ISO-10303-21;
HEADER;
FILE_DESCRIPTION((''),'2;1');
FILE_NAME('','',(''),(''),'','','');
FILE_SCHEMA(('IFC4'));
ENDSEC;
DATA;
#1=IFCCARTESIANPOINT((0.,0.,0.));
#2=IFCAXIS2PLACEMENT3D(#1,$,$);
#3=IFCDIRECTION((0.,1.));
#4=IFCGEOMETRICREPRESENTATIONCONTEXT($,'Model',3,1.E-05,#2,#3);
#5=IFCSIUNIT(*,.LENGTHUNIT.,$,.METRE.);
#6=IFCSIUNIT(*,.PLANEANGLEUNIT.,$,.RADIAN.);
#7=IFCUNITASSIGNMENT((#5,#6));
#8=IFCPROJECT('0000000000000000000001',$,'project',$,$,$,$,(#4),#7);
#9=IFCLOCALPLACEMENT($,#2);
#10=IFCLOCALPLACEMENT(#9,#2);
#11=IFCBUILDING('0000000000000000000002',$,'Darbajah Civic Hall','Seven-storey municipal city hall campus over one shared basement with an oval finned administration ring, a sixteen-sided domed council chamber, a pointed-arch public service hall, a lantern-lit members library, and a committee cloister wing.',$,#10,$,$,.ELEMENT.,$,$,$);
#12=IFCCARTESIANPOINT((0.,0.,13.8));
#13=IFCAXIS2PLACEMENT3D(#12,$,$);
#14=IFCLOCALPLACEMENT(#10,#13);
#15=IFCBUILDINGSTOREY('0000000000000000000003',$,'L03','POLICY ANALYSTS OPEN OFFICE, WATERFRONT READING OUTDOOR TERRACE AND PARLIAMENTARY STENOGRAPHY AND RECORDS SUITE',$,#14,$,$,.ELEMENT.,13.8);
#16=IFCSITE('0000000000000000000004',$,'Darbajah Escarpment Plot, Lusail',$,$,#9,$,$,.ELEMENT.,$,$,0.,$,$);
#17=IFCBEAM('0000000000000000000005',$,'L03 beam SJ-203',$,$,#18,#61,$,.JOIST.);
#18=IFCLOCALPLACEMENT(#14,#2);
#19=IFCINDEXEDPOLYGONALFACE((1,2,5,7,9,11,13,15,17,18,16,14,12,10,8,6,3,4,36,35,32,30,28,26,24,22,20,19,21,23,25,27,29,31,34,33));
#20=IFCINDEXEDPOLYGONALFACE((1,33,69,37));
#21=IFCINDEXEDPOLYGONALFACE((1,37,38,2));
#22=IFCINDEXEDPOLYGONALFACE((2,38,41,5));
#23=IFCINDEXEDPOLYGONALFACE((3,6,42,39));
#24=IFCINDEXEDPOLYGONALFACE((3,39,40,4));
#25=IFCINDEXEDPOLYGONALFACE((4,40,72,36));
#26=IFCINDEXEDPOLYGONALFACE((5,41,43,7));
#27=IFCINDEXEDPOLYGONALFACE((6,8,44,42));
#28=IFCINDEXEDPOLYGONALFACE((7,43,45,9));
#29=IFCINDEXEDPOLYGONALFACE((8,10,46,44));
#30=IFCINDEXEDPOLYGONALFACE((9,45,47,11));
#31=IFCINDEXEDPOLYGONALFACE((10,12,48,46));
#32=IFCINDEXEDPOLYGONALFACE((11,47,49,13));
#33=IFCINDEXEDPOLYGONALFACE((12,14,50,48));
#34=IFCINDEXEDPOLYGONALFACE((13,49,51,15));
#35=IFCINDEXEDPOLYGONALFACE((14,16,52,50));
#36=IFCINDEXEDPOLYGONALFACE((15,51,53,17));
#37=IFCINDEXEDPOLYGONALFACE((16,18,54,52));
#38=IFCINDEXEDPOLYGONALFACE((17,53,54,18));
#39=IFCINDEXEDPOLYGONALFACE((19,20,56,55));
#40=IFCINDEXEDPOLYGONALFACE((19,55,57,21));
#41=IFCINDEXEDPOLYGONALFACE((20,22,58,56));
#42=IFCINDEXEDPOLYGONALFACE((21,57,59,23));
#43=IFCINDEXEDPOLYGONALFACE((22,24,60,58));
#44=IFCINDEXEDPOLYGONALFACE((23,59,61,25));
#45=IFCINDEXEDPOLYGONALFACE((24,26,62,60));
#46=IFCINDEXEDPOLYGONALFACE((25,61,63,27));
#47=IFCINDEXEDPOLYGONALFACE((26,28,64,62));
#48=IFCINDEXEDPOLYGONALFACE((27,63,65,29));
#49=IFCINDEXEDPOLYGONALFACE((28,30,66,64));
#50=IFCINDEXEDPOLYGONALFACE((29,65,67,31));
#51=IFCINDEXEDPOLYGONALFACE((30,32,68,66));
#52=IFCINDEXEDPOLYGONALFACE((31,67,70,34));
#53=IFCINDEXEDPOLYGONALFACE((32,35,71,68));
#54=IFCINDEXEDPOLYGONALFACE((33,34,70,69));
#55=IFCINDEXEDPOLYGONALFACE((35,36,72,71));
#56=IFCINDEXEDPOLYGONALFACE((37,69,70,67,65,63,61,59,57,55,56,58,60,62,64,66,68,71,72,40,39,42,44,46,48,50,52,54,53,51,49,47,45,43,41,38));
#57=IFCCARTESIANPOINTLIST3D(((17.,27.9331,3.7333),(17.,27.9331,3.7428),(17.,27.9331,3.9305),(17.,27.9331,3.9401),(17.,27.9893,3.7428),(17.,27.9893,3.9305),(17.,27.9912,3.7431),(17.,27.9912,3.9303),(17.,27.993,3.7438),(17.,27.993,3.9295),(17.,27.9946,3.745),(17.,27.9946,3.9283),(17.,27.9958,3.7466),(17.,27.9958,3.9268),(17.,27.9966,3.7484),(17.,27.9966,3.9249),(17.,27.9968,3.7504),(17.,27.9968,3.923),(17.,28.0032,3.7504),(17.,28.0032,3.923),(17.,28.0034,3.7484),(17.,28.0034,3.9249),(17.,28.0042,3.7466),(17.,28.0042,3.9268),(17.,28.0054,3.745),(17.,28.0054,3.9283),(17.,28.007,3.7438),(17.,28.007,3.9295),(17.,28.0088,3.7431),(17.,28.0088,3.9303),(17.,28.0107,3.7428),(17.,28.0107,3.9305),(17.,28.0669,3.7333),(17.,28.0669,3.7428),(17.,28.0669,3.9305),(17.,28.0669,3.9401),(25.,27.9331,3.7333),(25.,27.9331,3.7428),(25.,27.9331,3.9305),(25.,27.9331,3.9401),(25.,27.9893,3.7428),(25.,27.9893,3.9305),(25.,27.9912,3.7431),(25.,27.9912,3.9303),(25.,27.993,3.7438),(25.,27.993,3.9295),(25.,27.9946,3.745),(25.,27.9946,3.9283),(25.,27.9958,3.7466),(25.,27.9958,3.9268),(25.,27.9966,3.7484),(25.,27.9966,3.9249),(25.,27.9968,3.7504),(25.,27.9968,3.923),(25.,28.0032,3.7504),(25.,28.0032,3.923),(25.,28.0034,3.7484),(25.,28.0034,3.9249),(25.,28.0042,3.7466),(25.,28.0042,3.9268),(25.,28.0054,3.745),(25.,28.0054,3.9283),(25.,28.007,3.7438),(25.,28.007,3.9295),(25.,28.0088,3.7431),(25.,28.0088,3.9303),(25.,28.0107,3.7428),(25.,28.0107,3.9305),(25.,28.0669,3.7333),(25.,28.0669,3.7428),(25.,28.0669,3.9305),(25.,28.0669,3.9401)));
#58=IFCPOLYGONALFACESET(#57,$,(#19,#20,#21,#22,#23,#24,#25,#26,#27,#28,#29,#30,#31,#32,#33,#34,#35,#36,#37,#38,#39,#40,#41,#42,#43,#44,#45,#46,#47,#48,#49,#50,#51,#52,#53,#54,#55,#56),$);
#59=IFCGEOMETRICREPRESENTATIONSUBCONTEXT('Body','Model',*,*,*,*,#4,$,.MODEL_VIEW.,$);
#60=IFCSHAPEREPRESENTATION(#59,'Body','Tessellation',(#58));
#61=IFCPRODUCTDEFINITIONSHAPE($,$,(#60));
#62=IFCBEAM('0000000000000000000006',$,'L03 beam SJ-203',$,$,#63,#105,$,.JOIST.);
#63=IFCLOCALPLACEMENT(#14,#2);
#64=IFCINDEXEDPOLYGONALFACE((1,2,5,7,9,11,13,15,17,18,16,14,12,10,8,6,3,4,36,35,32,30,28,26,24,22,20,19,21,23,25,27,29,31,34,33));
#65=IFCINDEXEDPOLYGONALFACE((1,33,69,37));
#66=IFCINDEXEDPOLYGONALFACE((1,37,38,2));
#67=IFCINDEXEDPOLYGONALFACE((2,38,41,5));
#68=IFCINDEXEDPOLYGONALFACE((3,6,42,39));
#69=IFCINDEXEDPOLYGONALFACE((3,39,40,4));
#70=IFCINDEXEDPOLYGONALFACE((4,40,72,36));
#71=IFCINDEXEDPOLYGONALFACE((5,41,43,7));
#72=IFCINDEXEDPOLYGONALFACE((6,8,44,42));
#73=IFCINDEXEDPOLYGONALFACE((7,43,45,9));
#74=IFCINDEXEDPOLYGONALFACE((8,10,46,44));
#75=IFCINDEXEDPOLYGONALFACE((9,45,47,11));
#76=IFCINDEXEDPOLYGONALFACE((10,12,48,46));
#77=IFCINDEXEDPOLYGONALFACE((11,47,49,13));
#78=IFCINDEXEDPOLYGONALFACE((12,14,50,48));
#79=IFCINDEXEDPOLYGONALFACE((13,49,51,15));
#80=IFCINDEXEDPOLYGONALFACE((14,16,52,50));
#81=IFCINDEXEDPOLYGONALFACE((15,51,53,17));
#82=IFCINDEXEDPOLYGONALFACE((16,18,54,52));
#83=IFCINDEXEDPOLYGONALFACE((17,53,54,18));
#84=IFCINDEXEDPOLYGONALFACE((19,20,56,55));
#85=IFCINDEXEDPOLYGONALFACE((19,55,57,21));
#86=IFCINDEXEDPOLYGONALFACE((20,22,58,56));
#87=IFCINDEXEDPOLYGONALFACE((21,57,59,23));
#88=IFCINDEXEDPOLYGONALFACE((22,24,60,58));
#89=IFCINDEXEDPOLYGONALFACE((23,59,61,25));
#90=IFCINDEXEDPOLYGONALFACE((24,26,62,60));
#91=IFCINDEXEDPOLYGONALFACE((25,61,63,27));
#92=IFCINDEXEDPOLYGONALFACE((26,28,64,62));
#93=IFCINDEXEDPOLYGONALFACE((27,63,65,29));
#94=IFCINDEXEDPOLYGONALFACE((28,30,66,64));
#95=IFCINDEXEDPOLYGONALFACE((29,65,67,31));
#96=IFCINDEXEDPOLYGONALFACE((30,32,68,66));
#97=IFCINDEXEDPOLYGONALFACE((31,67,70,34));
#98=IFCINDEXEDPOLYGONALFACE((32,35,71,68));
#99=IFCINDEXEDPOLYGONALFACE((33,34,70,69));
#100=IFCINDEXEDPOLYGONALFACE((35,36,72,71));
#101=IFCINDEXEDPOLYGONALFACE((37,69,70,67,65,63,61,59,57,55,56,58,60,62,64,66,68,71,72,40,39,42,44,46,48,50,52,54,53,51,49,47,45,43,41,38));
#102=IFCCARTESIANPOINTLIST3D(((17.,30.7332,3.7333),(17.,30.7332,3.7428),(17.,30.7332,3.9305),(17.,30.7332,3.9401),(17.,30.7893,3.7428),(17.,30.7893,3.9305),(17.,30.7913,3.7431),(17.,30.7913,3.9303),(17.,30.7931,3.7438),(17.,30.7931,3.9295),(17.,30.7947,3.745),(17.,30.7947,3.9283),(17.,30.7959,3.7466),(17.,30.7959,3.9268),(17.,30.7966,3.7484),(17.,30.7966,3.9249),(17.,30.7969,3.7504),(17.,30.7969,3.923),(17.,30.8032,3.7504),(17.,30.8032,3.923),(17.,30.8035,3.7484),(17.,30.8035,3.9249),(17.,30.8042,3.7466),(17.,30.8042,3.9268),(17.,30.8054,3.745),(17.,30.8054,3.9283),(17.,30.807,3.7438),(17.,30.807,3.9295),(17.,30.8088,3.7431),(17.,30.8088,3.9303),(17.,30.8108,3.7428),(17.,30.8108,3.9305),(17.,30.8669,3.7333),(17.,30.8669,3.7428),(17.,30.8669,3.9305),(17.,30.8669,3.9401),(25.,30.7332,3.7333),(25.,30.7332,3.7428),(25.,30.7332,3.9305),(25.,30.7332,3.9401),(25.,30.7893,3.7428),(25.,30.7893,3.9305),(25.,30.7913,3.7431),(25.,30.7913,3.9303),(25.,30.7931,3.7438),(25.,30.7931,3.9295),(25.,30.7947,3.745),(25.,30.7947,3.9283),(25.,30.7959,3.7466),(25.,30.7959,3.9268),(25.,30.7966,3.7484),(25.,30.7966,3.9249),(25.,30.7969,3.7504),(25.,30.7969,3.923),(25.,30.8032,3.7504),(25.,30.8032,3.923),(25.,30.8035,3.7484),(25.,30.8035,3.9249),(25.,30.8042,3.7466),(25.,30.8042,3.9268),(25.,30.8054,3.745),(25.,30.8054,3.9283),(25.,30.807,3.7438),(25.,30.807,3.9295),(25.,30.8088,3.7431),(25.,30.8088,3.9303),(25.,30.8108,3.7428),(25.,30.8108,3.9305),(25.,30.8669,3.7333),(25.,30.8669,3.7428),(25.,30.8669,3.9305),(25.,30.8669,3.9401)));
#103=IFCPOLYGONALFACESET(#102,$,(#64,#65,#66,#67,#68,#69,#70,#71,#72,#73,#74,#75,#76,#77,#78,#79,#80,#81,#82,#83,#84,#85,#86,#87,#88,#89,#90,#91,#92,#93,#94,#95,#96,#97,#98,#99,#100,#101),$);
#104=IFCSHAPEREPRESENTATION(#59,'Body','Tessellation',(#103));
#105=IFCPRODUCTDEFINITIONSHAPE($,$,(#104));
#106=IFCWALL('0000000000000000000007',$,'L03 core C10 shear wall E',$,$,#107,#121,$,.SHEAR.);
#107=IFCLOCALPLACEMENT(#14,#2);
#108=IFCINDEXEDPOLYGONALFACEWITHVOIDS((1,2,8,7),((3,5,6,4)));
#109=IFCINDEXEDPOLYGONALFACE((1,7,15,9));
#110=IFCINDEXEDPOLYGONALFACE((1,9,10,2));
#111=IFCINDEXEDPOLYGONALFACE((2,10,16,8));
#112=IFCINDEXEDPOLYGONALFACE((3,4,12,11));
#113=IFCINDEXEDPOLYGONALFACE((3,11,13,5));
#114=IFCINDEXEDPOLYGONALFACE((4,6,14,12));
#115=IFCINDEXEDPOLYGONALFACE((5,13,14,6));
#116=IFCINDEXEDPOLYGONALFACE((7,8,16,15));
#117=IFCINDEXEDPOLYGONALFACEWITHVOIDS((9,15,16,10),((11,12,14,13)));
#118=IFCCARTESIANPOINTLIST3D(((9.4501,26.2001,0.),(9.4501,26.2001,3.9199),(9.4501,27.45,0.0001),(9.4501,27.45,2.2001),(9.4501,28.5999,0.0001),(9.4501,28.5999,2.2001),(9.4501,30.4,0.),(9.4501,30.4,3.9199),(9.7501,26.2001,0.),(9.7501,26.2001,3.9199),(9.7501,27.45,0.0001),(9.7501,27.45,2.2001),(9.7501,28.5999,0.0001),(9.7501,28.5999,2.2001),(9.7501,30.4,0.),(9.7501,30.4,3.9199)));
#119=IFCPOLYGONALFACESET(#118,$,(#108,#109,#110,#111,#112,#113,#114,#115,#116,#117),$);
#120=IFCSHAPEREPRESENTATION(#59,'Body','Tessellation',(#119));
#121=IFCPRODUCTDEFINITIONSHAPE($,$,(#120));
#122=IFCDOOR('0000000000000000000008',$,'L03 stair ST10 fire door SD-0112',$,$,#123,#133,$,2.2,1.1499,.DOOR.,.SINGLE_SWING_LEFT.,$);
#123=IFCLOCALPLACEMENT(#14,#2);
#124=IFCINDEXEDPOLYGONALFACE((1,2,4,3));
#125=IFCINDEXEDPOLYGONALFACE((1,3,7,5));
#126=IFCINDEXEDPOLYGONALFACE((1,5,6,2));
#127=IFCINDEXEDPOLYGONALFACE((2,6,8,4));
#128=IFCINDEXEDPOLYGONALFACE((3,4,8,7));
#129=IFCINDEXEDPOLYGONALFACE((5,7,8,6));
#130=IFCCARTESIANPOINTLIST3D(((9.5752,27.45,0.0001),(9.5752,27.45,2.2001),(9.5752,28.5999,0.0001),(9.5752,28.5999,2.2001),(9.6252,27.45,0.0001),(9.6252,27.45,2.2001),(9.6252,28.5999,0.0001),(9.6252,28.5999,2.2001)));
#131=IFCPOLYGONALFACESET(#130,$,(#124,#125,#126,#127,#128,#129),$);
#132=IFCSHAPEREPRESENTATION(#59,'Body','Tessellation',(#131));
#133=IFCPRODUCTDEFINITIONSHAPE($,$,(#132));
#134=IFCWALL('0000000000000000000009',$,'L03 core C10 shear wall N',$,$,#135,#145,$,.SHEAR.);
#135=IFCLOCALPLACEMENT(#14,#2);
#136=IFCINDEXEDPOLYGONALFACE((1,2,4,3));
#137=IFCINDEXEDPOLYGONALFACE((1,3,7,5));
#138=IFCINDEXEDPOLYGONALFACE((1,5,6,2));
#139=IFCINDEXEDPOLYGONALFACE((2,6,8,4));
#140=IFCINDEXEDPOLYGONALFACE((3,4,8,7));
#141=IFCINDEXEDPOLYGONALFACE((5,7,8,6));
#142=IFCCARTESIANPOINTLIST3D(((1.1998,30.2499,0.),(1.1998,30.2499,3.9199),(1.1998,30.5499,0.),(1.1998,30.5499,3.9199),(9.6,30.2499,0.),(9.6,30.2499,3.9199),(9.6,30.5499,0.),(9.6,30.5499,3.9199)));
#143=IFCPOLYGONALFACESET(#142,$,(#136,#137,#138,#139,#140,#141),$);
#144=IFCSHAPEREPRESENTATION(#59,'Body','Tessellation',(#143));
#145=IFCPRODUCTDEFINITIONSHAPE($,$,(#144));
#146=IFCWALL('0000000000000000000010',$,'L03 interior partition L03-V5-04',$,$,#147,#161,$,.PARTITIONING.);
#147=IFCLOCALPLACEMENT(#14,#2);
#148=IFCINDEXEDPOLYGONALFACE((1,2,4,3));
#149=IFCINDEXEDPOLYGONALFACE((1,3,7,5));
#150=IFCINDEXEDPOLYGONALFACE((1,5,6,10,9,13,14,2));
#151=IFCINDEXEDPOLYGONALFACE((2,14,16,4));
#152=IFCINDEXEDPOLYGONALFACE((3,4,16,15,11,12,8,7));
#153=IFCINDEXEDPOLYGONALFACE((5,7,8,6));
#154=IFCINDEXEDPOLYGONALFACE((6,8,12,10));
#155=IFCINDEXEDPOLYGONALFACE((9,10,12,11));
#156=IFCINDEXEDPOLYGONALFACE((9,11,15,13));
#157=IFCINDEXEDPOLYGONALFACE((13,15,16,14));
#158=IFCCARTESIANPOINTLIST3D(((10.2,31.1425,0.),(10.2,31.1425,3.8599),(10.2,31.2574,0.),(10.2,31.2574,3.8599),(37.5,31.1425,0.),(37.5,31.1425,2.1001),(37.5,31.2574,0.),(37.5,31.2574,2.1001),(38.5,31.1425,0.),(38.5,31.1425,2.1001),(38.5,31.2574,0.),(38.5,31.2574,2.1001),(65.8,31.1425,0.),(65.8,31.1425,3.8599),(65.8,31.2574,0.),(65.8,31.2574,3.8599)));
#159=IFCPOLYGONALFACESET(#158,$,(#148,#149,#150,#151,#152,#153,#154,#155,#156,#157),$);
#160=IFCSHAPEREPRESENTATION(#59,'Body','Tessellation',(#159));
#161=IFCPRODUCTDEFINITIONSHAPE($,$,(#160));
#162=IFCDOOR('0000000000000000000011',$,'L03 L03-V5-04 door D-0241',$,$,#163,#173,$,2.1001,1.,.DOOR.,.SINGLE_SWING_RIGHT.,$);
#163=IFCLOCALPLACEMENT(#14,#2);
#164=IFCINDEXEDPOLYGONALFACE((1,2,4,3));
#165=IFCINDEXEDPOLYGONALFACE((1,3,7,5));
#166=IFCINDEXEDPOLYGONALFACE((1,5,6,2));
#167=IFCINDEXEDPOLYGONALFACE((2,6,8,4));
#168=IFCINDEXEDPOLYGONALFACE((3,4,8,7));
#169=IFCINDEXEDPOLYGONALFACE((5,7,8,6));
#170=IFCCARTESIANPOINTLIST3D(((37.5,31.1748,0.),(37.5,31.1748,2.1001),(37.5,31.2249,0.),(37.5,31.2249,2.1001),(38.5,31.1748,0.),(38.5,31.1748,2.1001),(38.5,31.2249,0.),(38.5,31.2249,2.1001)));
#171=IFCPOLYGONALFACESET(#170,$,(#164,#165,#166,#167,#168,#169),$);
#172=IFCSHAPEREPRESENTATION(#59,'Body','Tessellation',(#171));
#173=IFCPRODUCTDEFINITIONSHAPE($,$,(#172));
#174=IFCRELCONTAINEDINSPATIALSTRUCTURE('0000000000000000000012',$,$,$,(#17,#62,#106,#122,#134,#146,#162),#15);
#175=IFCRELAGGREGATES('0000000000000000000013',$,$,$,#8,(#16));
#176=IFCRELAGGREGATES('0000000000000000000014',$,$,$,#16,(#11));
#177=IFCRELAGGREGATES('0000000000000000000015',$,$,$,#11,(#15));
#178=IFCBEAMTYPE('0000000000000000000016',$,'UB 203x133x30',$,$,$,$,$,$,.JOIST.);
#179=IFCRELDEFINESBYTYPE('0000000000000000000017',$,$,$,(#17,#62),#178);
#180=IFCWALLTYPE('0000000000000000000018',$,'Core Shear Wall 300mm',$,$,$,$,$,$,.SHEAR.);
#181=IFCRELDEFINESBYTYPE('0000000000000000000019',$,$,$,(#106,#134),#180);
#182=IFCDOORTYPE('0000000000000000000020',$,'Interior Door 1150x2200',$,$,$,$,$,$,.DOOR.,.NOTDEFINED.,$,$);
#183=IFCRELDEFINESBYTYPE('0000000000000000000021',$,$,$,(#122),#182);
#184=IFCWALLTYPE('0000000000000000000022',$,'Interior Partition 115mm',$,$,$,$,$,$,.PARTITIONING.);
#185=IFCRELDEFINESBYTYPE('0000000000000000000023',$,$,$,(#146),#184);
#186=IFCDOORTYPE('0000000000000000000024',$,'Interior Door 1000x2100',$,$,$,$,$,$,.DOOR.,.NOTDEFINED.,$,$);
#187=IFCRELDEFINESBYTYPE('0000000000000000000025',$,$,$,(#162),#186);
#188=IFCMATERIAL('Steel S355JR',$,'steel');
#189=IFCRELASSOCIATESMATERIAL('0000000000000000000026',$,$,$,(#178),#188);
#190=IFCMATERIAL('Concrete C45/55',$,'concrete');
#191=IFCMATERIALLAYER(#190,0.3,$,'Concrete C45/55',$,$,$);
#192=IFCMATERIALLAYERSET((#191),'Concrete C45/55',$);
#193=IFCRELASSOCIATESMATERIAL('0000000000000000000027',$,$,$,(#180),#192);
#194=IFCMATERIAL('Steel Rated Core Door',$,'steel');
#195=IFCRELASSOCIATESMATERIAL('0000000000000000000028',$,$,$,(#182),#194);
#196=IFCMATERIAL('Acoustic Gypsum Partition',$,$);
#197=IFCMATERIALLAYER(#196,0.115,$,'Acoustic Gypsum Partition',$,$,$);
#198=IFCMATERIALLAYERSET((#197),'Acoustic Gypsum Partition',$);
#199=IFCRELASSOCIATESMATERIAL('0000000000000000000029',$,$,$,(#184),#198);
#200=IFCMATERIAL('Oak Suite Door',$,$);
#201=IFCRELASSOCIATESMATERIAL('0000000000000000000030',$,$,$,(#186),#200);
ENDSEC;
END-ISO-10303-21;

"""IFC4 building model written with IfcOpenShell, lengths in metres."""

from ifc_helpers import new_model, si_unit, direction, frame, frame_2d, origin, origin_2d, place, context, subcontext, project, spatial, rectangle, i_section, extrude, material, layer, layer_set, material_profile, profile_set, type_object, element, fill, save


model = new_model("IFC4")

# Units and contexts
model_context = context("Model", 3, precision=1e-05, world=origin(), true_north=direction((0.0, 1.0)))
body_context = subcontext(model_context, "Body", "Model", "MODEL_VIEW")
ifc_project = project(units=[si_unit("LENGTHUNIT", "METRE"), si_unit("PLANEANGLEUNIT", "RADIAN")], contexts=[model_context])

# Site, building, storey
site_placement = place(None, origin())
site = spatial("IfcSite", under=ifc_project, at=site_placement, Name="Darbajah Escarpment Plot, Lusail", CompositionType="ELEMENT", RefElevation=0.0)
building_placement = place(site_placement, origin())
building = spatial("IfcBuilding", under=site, at=building_placement, Name="Darbajah Civic Hall", Description="Seven-storey municipal city hall campus over one shared basement with an oval finned administration ring, a sixteen-sided domed council chamber, a pointed-arch public service hall, a lantern-lit members library, and a committee cloister wing.", CompositionType="ELEMENT")
storey_placement = place(building_placement, frame((0.0, 0.0, 13.8)))
storey = spatial("IfcBuildingStorey", under=building, at=storey_placement, Name="L03", Description="POLICY ANALYSTS OPEN OFFICE, WATERFRONT READING OUTDOOR TERRACE AND PARLIAMENTARY STENOGRAPHY AND RECORDS SUITE", CompositionType="ELEMENT", Elevation=13.8)

# Shared definitions
ifc_material_1 = material(Name="Concrete C45/55", Category="concrete")

# Beams
ifc_material_2 = material(Name="Steel S355JR", Category="steel")
ifc_material_profile_1 = material_profile(ifc_material_2, i_section(OverallWidth=0.1338, OverallDepth=0.2068, WebThickness=0.0063, FlangeThickness=0.0095, FilletRadius=0.0076, at=origin_2d()), Name="UB 203x133x30")
ifc_profile_set_1 = profile_set([ifc_material_profile_1], Name="Steel S355JR")
beam_type_1 = type_object("IfcBeamType", Name="UB 203x133x30", PredefinedType="JOIST", material=ifc_profile_set_1)
for number, where, z_axis, x_axis, name in (
    (1, (17.0, 28.0, 3.8367), (1.0, 0.0, 0.0), (0.0, 1.0, 0.0), "L03 beam SJ-203"),
    (2, (17.0, 30.8, 3.8367), (1.0, 0.0, 0.0), (0.0, 1.0, 0.0), "L03 beam SJ-203"),
):
    element("IfcBeam", number, at=place(storey_placement, frame(where, z_axis=z_axis, x_axis=x_axis)), inside=storey, type_object=beam_type_1, Name=name, PredefinedType="JOIST", context=body_context, shape_type="SweptSolid", body=[
        extrude(i_section(OverallWidth=0.1338, OverallDepth=0.2068, WebThickness=0.0063, FlangeThickness=0.0095, FilletRadius=0.0076, at=origin_2d()), origin(), (0.0, 0.0, 1.0), 8.0),
    ])

# Wall, opening, door
ifc_layer_1 = layer(ifc_material_1, 0.3, Name="Concrete C45/55")
ifc_layer_set_1 = layer_set([ifc_layer_1], Name="Concrete C45/55")
wall_type_1 = type_object("IfcWallType", Name="Core Shear Wall 300mm", PredefinedType="SHEAR", material=ifc_layer_set_1)
wall_1_placement = place(storey_placement, frame((9.6001, 26.2, 0.0), z_axis=(0.0, 0.0, 1.0), x_axis=(0.0, 1.0, 0.0)))
wall_1 = element("IfcWall", 3, at=wall_1_placement, inside=storey, type_object=wall_type_1, Name="L03 core C10 shear wall E", PredefinedType="SHEAR", context=body_context, shape_type="SweptSolid", body=[
    extrude(rectangle(XDim=4.2, YDim=0.3, at=frame_2d((2.1001, 0.0))), origin(), (0.0, 0.0, 1.0), 3.9199),
])
opening_1_placement = place(wall_1_placement, frame((1.25, 0.0, 0.0)))
opening_1 = element("IfcOpeningElement", 4, at=opening_1_placement, cuts=wall_1, PredefinedType="OPENING", context=body_context, shape_type="SweptSolid", body=[
    extrude(rectangle(XDim=1.1499, YDim=2.2, at=frame_2d((0.575, 1.1001))), frame((0.0, 0.1599, 0.0), z_axis=(0.0, -1.0, 0.0), x_axis=(1.0, 0.0, 0.0)), (0.0, 0.0, 1.0), 0.3201),
])
ifc_material_3 = material(Name="Steel Rated Core Door", Category="steel")
door_type_1 = type_object("IfcDoorType", Name="Interior Door 1150x2200", OperationType="NOTDEFINED", PredefinedType="DOOR", material=ifc_material_3)
door_1_placement = place(opening_1_placement, origin())
door_1 = element("IfcDoor", 5, at=door_1_placement, inside=storey, type_object=door_type_1, Name="L03 stair ST10 fire door SD-0112", OperationType="SINGLE_SWING_LEFT", OverallHeight=2.2, OverallWidth=1.1499, PredefinedType="DOOR", context=body_context, shape_type="SweptSolid", body=[
    extrude(rectangle(XDim=1.1499, YDim=2.2, at=frame_2d((0.575, 1.1001))), frame((0.0, 0.0249, 0.0), z_axis=(0.0, -1.0, 0.0), x_axis=(1.0, 0.0, 0.0)), (0.0, 0.0, 1.0), 0.05),
])
fill(opening_1, door_1)

# Wall
wall_2_placement = place(storey_placement, frame((9.6001, 30.3999, 0.0), z_axis=(0.0, 0.0, 1.0), x_axis=(-1.0, 0.0, 0.0)))
element("IfcWall", 6, at=wall_2_placement, inside=storey, type_object=wall_type_1, Name="L03 core C10 shear wall N", PredefinedType="SHEAR", context=body_context, shape_type="SweptSolid", body=[
    extrude(rectangle(XDim=8.4001, YDim=0.3, at=frame_2d((4.2002, 0.0))), origin(), (0.0, 0.0, 1.0), 3.9199),
])

# Wall, opening, door
ifc_material_4 = material(Name="Acoustic Gypsum Partition")
ifc_layer_2 = layer(ifc_material_4, 0.115, Name="Acoustic Gypsum Partition")
ifc_layer_set_2 = layer_set([ifc_layer_2], Name="Acoustic Gypsum Partition")
wall_type_2 = type_object("IfcWallType", Name="Interior Partition 115mm", PredefinedType="PARTITIONING", material=ifc_layer_set_2)
wall_3_placement = place(storey_placement, frame((10.2, 31.2, 0.0), z_axis=(0.0, 0.0, 1.0), x_axis=(1.0, 0.0, 0.0)))
wall_3 = element("IfcWall", 7, at=wall_3_placement, inside=storey, type_object=wall_type_2, Name="L03 interior partition L03-V5-04", PredefinedType="PARTITIONING", context=body_context, shape_type="SweptSolid", body=[
    extrude(rectangle(XDim=55.6001, YDim=0.115, at=frame_2d((27.8, 0.0))), origin(), (0.0, 0.0, 1.0), 3.8599),
])
opening_2_placement = place(wall_3_placement, frame((27.3, 0.0, 0.0)))
opening_2 = element("IfcOpeningElement", 8, at=opening_2_placement, cuts=wall_3, PredefinedType="OPENING", context=body_context, shape_type="SweptSolid", body=[
    extrude(rectangle(XDim=1.0, YDim=2.1001, at=frame_2d((0.5, 1.05))), frame((0.0, 0.0674, 0.0), z_axis=(0.0, -1.0, 0.0), x_axis=(1.0, 0.0, 0.0)), (0.0, 0.0, 1.0), 0.135),
])
ifc_material_5 = material(Name="Oak Suite Door")
door_type_2 = type_object("IfcDoorType", Name="Interior Door 1000x2100", OperationType="NOTDEFINED", PredefinedType="DOOR", material=ifc_material_5)
door_2_placement = place(opening_2_placement, origin())
door_2 = element("IfcDoor", 9, at=door_2_placement, inside=storey, type_object=door_type_2, Name="L03 L03-V5-04 door D-0241", OperationType="SINGLE_SWING_RIGHT", OverallHeight=2.1001, OverallWidth=1.0, PredefinedType="DOOR", context=body_context, shape_type="SweptSolid", body=[
    extrude(rectangle(XDim=1.0, YDim=2.1001, at=frame_2d((0.5, 1.05))), frame((0.0, 0.0249, 0.0), z_axis=(0.0, -1.0, 0.0), x_axis=(1.0, 0.0, 0.0)), (0.0, 0.0, 1.0), 0.05),
])
fill(opening_2, door_2)

save(model, "model.ifc")
